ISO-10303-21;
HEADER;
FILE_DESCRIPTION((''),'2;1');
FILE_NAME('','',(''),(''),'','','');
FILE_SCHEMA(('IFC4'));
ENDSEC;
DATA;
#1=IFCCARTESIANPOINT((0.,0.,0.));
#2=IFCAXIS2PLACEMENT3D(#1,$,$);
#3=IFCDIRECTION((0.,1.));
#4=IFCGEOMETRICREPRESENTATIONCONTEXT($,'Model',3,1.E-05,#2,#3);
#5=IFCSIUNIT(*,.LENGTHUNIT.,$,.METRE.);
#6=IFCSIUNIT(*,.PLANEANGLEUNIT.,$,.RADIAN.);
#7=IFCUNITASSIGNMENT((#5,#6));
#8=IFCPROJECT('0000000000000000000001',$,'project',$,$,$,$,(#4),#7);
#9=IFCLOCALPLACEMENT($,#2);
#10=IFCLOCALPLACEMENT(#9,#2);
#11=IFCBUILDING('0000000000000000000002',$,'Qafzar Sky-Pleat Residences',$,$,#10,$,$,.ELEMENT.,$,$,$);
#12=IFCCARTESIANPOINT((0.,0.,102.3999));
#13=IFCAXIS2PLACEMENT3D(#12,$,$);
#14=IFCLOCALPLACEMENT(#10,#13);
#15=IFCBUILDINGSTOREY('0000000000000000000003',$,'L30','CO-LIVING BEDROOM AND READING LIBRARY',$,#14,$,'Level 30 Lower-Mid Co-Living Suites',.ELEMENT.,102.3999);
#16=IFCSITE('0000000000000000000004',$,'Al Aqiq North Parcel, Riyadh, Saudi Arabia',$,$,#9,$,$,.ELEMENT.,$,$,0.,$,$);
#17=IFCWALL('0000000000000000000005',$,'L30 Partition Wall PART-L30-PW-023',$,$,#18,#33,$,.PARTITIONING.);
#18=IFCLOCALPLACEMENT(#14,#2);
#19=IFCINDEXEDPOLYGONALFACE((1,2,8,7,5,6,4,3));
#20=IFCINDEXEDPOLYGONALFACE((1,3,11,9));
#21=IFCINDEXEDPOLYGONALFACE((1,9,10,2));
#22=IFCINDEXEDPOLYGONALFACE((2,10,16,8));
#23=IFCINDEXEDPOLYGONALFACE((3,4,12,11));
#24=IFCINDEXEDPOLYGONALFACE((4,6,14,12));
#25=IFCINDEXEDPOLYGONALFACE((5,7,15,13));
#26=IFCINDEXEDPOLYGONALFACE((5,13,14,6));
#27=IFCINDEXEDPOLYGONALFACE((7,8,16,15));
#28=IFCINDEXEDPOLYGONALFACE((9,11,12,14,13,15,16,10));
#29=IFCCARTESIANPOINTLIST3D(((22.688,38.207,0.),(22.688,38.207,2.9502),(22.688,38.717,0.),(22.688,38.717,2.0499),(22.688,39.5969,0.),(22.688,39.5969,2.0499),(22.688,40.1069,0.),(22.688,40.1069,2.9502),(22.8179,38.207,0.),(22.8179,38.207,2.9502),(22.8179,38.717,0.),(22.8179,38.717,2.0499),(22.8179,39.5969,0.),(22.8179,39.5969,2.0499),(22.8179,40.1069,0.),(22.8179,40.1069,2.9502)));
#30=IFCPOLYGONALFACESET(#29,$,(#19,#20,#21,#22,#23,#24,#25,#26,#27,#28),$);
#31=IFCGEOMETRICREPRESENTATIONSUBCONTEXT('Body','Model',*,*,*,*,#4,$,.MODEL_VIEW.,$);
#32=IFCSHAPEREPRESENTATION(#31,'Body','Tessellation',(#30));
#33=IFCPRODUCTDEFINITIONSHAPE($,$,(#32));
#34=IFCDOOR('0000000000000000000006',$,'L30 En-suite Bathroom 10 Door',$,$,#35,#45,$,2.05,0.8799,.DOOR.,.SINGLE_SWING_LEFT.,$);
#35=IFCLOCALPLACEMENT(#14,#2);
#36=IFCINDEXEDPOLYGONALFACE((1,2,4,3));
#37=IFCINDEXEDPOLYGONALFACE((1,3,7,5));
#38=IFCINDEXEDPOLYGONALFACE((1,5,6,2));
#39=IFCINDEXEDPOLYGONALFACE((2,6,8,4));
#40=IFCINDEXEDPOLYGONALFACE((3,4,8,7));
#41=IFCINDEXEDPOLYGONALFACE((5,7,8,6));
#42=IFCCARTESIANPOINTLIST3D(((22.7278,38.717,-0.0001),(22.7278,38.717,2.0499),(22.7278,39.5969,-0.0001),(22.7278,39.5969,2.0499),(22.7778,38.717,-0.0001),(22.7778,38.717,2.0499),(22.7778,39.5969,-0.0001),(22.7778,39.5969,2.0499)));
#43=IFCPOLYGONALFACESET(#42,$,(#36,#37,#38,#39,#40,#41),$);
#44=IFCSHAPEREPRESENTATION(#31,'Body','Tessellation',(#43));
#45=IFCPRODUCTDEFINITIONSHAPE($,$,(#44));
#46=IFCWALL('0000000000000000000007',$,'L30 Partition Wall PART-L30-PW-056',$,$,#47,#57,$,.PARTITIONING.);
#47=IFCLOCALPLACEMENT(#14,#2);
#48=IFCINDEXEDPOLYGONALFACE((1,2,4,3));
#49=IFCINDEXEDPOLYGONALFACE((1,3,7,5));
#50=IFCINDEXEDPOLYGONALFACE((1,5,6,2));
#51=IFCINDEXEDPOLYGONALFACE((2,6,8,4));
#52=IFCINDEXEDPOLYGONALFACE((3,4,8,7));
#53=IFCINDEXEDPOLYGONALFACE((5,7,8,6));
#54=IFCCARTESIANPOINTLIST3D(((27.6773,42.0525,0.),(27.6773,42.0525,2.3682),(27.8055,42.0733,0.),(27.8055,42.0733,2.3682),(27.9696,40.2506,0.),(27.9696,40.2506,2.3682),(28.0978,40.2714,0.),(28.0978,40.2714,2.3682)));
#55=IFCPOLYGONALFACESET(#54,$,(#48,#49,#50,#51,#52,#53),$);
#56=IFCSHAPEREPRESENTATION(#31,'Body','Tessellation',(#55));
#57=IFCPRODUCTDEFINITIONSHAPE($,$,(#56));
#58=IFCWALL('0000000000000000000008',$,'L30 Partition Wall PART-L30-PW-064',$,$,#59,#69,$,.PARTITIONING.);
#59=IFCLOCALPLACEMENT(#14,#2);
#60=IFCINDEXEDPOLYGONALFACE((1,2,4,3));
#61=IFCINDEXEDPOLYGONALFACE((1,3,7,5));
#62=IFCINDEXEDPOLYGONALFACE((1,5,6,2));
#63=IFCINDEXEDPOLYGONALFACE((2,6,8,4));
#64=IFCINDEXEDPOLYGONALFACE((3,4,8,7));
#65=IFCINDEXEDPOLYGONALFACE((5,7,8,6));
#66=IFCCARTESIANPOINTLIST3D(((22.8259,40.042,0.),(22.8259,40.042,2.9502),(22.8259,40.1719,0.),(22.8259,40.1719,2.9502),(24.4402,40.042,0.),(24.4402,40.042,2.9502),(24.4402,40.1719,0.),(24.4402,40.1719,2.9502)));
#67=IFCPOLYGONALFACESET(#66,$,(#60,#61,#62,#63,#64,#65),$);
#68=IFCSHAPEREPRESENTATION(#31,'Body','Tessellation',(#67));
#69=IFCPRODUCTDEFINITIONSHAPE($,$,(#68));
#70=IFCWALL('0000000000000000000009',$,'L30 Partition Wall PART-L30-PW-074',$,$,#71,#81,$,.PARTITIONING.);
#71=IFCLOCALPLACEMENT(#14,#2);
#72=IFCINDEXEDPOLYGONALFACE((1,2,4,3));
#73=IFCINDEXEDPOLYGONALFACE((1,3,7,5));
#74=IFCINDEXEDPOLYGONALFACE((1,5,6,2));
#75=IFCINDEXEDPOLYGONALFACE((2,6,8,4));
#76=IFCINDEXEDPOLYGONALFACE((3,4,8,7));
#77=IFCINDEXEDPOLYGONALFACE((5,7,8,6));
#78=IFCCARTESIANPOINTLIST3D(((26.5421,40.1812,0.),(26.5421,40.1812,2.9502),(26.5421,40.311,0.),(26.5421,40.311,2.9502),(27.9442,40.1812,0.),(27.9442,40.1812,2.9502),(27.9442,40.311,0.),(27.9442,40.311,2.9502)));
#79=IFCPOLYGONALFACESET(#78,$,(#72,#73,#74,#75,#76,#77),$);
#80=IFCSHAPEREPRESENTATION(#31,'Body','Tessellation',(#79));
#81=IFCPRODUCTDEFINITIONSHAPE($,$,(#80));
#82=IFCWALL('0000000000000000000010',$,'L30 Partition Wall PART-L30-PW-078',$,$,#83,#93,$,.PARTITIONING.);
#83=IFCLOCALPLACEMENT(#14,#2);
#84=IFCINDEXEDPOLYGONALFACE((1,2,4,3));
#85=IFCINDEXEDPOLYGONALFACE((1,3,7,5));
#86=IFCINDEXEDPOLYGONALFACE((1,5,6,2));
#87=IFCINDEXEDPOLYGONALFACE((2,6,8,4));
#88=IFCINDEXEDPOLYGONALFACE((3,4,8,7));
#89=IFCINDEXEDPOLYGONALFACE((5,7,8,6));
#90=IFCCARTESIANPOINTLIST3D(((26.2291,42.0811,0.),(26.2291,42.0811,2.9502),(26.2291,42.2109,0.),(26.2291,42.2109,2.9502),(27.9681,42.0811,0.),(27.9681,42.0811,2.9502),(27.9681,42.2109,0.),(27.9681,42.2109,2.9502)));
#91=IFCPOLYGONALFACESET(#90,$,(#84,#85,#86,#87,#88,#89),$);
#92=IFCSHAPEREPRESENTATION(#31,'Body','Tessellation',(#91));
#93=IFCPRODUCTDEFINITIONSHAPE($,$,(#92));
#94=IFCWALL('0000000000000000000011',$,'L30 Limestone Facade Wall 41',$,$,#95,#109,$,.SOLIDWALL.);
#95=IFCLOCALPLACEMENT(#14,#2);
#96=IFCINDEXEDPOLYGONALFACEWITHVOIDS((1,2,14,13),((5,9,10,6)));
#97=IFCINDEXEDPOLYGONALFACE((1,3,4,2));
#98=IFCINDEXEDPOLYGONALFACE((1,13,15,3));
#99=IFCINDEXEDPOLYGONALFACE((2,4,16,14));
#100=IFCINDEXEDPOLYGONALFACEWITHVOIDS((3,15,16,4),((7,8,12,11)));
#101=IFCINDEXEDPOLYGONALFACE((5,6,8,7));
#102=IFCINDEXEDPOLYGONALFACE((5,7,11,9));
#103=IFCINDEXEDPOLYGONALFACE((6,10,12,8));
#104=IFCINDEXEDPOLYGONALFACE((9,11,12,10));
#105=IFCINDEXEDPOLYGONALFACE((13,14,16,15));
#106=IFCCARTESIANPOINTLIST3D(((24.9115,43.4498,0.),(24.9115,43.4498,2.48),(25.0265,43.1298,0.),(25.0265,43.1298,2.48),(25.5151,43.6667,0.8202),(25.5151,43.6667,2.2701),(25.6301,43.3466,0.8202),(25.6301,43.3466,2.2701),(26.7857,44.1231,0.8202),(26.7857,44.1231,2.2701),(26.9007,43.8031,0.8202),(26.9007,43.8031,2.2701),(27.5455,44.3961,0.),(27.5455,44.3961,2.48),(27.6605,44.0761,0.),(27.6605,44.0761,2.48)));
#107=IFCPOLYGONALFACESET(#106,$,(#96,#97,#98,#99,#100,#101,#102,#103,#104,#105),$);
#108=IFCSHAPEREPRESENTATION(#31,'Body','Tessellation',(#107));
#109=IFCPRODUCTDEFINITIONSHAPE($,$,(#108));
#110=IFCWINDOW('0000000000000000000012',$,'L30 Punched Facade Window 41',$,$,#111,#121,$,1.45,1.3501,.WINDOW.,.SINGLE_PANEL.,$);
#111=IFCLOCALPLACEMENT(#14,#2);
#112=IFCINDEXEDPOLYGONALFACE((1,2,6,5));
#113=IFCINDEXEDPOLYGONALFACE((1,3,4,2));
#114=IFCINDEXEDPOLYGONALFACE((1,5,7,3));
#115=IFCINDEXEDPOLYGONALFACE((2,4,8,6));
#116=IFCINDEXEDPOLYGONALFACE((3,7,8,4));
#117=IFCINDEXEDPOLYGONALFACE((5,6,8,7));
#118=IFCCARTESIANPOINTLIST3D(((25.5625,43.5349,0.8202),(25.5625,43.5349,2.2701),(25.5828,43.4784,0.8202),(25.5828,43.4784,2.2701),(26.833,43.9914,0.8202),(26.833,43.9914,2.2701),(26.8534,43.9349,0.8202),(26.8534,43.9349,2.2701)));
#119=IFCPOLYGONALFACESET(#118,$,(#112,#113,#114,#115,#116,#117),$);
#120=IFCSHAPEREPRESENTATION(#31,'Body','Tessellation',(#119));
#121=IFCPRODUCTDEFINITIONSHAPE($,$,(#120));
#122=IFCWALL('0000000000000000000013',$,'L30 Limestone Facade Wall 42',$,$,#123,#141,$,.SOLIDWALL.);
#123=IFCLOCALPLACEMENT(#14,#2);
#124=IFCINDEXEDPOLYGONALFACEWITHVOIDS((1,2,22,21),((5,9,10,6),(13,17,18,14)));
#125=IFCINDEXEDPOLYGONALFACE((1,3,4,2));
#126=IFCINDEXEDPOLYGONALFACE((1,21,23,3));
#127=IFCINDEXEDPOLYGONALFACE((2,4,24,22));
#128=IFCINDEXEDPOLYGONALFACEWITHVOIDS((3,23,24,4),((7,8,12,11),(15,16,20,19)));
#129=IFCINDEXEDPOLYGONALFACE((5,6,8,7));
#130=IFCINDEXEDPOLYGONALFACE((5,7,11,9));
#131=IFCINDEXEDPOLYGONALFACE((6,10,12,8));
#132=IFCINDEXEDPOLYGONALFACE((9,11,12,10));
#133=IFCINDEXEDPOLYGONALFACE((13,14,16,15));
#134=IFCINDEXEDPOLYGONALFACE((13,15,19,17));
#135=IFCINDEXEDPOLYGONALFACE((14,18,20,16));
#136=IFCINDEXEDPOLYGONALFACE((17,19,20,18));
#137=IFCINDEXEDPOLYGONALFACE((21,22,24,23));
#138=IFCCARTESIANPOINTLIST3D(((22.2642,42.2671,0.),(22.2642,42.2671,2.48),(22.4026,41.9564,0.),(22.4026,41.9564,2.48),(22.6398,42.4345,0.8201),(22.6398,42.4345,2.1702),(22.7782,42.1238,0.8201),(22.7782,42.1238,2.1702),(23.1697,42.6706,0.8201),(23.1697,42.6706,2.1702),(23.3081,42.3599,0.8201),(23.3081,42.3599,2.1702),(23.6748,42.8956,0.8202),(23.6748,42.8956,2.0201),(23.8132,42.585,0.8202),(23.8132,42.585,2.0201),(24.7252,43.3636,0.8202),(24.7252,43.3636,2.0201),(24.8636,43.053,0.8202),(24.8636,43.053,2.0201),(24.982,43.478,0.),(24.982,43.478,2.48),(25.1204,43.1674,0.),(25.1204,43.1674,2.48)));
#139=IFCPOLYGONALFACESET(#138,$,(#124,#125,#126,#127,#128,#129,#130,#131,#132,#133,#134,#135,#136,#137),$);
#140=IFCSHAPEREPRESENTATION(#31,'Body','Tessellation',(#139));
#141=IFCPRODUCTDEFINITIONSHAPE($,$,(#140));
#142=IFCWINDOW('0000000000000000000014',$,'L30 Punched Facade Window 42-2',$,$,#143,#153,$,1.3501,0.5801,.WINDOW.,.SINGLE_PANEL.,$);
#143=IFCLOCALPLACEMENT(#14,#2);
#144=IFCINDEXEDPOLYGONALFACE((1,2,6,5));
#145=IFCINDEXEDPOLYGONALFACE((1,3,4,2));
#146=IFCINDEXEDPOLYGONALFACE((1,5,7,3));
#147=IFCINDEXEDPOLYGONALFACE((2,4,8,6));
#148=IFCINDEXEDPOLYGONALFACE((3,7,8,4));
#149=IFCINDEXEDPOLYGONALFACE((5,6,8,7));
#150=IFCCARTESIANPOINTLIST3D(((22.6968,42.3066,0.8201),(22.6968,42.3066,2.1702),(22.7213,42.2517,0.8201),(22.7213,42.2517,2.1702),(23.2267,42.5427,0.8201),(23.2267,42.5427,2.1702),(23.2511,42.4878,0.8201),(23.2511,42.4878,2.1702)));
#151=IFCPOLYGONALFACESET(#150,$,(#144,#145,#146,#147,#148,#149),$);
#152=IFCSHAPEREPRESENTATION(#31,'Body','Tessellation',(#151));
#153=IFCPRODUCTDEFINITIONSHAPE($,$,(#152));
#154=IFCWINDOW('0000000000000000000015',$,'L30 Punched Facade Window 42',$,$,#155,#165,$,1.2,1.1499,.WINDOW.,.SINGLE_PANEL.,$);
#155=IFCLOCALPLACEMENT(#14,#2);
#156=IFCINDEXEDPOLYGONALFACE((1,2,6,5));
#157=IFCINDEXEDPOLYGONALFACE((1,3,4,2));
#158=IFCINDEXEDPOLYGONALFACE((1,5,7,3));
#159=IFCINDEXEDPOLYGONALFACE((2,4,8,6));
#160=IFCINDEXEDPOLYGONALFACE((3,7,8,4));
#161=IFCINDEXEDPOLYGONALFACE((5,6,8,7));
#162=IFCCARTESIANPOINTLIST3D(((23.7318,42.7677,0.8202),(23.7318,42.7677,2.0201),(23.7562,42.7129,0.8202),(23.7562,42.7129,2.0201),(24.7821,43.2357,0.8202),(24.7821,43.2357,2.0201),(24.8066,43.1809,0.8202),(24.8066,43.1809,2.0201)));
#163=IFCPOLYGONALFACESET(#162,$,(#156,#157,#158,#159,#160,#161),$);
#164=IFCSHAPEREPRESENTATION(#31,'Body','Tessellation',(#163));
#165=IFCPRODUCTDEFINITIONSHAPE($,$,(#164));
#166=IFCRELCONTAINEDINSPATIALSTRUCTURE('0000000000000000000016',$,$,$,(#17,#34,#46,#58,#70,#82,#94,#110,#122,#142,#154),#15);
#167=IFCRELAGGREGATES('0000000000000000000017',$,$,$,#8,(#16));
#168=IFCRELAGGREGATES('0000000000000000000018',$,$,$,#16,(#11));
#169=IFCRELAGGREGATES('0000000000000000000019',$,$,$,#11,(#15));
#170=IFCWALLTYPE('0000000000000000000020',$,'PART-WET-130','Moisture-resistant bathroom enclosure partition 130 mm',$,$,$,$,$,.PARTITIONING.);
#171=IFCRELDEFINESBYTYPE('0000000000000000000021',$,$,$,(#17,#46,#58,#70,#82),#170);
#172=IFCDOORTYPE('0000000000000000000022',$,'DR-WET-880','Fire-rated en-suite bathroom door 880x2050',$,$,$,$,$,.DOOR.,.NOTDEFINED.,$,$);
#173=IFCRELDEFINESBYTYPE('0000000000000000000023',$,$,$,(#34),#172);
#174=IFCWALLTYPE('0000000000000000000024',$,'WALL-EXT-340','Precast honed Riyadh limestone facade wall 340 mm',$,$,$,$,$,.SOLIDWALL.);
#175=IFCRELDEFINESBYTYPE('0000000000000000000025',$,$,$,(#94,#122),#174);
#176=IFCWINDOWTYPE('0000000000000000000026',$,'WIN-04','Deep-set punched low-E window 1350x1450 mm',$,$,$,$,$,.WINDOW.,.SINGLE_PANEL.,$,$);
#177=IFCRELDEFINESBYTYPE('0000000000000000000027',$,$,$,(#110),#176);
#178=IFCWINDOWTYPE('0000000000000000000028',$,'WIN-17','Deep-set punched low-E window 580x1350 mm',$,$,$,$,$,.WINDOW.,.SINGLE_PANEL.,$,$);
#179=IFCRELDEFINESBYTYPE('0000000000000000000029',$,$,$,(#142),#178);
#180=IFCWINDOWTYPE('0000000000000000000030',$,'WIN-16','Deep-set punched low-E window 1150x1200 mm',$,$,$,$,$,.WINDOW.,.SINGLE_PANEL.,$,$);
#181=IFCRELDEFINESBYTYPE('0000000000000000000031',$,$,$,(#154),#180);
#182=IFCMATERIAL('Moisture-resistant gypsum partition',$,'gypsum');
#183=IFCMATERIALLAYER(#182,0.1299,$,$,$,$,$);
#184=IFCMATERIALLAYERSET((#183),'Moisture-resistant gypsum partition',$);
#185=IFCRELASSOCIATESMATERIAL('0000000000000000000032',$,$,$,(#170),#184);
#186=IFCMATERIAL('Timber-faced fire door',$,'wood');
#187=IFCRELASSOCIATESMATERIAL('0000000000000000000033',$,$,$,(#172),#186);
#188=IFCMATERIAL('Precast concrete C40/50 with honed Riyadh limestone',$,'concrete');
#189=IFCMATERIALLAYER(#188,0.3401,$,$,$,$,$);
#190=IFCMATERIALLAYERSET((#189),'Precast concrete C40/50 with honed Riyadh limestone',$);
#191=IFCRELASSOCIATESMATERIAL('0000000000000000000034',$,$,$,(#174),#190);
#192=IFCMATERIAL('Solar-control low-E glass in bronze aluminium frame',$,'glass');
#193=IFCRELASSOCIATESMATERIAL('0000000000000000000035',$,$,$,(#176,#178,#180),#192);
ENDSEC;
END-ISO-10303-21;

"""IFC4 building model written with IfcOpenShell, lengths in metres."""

from ifc_helpers import new_model, si_unit, direction, frame, frame_2d, origin, place, context, subcontext, project, spatial, rectangle, extrude, source, transform, mapped, material, layer, layer_set, type_object, element, fill, save


model = new_model("IFC4")

# Units and contexts
model_context = context("Model", 3, precision=1e-05, world=origin(), true_north=direction((0.0, 1.0)))
body_context = subcontext(model_context, "Body", "Model", "MODEL_VIEW")
ifc_project = project(units=[si_unit("LENGTHUNIT", "METRE"), si_unit("PLANEANGLEUNIT", "RADIAN")], contexts=[model_context])

# Site, building, storey
site_placement = place(None, origin())
site = spatial("IfcSite", under=ifc_project, at=site_placement, Name="Al Aqiq North Parcel, Riyadh, Saudi Arabia", CompositionType="ELEMENT", RefElevation=0.0)
building_placement = place(site_placement, origin())
building = spatial("IfcBuilding", under=site, at=building_placement, Name="Qafzar Sky-Pleat Residences", CompositionType="ELEMENT")
storey_placement = place(building_placement, frame((0.0, 0.0, 102.3999)))
storey = spatial("IfcBuildingStorey", under=building, at=storey_placement, Name="L30", Description="CO-LIVING BEDROOM AND READING LIBRARY", LongName="Level 30 Lower-Mid Co-Living Suites", CompositionType="ELEMENT", Elevation=102.3999)

# Wall, opening, door
ifc_material_1 = material(Name="Moisture-resistant gypsum partition", Category="gypsum")
ifc_layer_1 = layer(ifc_material_1, 0.1299)
ifc_layer_set_1 = layer_set([ifc_layer_1], Name="Moisture-resistant gypsum partition")
wall_type_1 = type_object("IfcWallType", Name="PART-WET-130", Description="Moisture-resistant bathroom enclosure partition 130 mm", PredefinedType="PARTITIONING", material=ifc_layer_set_1)
ifc_material_2 = material(Name="Timber-faced fire door", Category="wood")
door_type = type_object("IfcDoorType", Name="DR-WET-880", Description="Fire-rated en-suite bathroom door 880x2050", OperationType="NOTDEFINED", PredefinedType="DOOR", material=ifc_material_2)
shared_shape_1 = source(origin(), body_context, "Body", "SweptSolid", [
    extrude(rectangle(XDim=0.8799, YDim=2.05, at=frame_2d((0.4399, 1.0249))), frame((0.0, 0.0249, 0.0), z_axis=(0.0, -1.0, 0.0), x_axis=(1.0, 0.0, 0.0)), (0.0, 0.0, 1.0), 0.05),
])
wall_1_placement = place(storey_placement, frame((22.7529, 40.1069, 0.0), z_axis=(0.0, 0.0, 1.0), x_axis=(0.0, -1.0, 0.0)))
wall_1 = element("IfcWall", 1, at=wall_1_placement, inside=storey, type_object=wall_type_1, Name="L30 Partition Wall PART-L30-PW-023", PredefinedType="PARTITIONING", context=body_context, shape_type="SweptSolid", body=[
    extrude(rectangle(XDim=1.8999, YDim=0.1299, at=frame_2d((0.95, 0.0))), origin(), (0.0, 0.0, 1.0), 2.9502),
])
opening_1_placement = place(wall_1_placement, frame((0.51, 0.0, 0.0)))
opening_1 = element("IfcOpeningElement", 2, at=opening_1_placement, cuts=wall_1, PredefinedType="OPENING", context=body_context, shape_type="SweptSolid", body=[
    extrude(rectangle(XDim=0.8799, YDim=2.05, at=frame_2d((0.4399, 1.0249))), frame((0.0, 0.075, 0.0), z_axis=(0.0, -1.0, 0.0), x_axis=(1.0, 0.0, 0.0)), (0.0, 0.0, 1.0), 0.1499),
])
door_1_placement = place(opening_1_placement, origin())
door_1 = element("IfcDoor", 3, at=door_1_placement, inside=storey, type_object=door_type, Name="L30 En-suite Bathroom 10 Door", OperationType="SINGLE_SWING_LEFT", OverallHeight=2.05, OverallWidth=0.8799, PredefinedType="DOOR", context=body_context, shape_type="MappedRepresentation", body=[
    mapped(shared_shape_1, transform((0.0, 0.0, 0.0), x_axis=(1.0, 0.0, 0.0), y_axis=(0.0, 1.0, 0.0), z_axis=(0.0, 0.0, 1.0), scale=1.0)),
])
fill(opening_1, door_1)

# Walls
wall_2_placement = place(storey_placement, frame((27.7415, 42.0627, 0.0), z_axis=(0.0, 0.0, 1.0), x_axis=(0.160082, -0.987104, 0.0)))
element("IfcWall", 4, at=wall_2_placement, inside=storey, type_object=wall_type_1, Name="L30 Partition Wall PART-L30-PW-056", PredefinedType="PARTITIONING", context=body_context, shape_type="SweptSolid", body=[
    extrude(rectangle(XDim=1.8254, YDim=0.1299, at=frame_2d((0.9126, 0.0))), origin(), (0.0, 0.0, 1.0), 2.3682),
])
wall_3_placement = place(storey_placement, frame((22.8259, 40.1069, 0.0), z_axis=(0.0, 0.0, 1.0), x_axis=(1.0, 0.0, 0.0)))
element("IfcWall", 5, at=wall_3_placement, inside=storey, type_object=wall_type_1, Name="L30 Partition Wall PART-L30-PW-064", PredefinedType="PARTITIONING", context=body_context, shape_type="SweptSolid", body=[
    extrude(rectangle(XDim=1.6143, YDim=0.1299, at=frame_2d((0.8071, 0.0))), origin(), (0.0, 0.0, 1.0), 2.9502),
])
wall_4_placement = place(storey_placement, frame((26.542, 40.2461, 0.0), z_axis=(0.0, 0.0, 1.0), x_axis=(1.0, 0.0, 0.0)))
element("IfcWall", 6, at=wall_4_placement, inside=storey, type_object=wall_type_1, Name="L30 Partition Wall PART-L30-PW-074", PredefinedType="PARTITIONING", context=body_context, shape_type="SweptSolid", body=[
    extrude(rectangle(XDim=1.4021, YDim=0.1299, at=frame_2d((0.7012, 0.0))), origin(), (0.0, 0.0, 1.0), 2.9502),
])
wall_5_placement = place(storey_placement, frame((26.229, 42.146, 0.0), z_axis=(0.0, 0.0, 1.0), x_axis=(1.0, 0.0, 0.0)))
element("IfcWall", 7, at=wall_5_placement, inside=storey, type_object=wall_type_1, Name="L30 Partition Wall PART-L30-PW-078", PredefinedType="PARTITIONING", context=body_context, shape_type="SweptSolid", body=[
    extrude(rectangle(XDim=1.739, YDim=0.1299, at=frame_2d((0.8696, 0.0))), origin(), (0.0, 0.0, 1.0), 2.9502),
])

# Wall, opening, window
ifc_material_3 = material(Name="Precast concrete C40/50 with honed Riyadh limestone", Category="concrete")
ifc_layer_2 = layer(ifc_material_3, 0.3401)
ifc_layer_set_2 = layer_set([ifc_layer_2], Name="Precast concrete C40/50 with honed Riyadh limestone")
wall_type_2 = type_object("IfcWallType", Name="WALL-EXT-340", Description="Precast honed Riyadh limestone facade wall 340 mm", PredefinedType="SOLIDWALL", material=ifc_layer_set_2)
wall_6_placement = place(storey_placement, frame((27.603, 44.2361, 0.0), z_axis=(0.0, 0.0, 1.0), x_axis=(-0.941111, -0.338099, 0.0)))
wall_6 = element("IfcWall", 8, at=wall_6_placement, inside=storey, type_object=wall_type_2, Name="L30 Limestone Facade Wall 41", PredefinedType="SOLIDWALL", context=body_context, shape_type="SweptSolid", body=[
    extrude(rectangle(XDim=2.7988, YDim=0.3401, at=frame_2d((1.3994, 0.0))), origin(), (0.0, 0.0, 1.0), 2.48),
])
opening_2_placement = place(wall_6_placement, frame((0.8074, 0.0, 0.8201)))
opening_2 = element("IfcOpeningElement", 9, at=opening_2_placement, cuts=wall_6, PredefinedType="OPENING", context=body_context, shape_type="SweptSolid", body=[
    extrude(rectangle(XDim=1.3501, YDim=1.45, at=frame_2d((0.675, 0.7251))), frame((0.0, 0.1802, 0.0), z_axis=(0.0, -1.0, 0.0), x_axis=(1.0, 0.0, 0.0)), (0.0, 0.0, 1.0), 0.3601),
])
ifc_material_4 = material(Name="Solar-control low-E glass in bronze aluminium frame", Category="glass")
window_type_1 = type_object("IfcWindowType", Name="WIN-04", Description="Deep-set punched low-E window 1350x1450 mm", PartitioningType="SINGLE_PANEL", PredefinedType="WINDOW", material=ifc_material_4)
shared_shape_2 = source(origin(), body_context, "Body", "SweptSolid", [
    extrude(rectangle(XDim=1.3501, YDim=1.45, at=frame_2d((0.675, 0.7251))), frame((0.0, 0.03, 0.0), z_axis=(0.0, -1.0, 0.0), x_axis=(1.0, 0.0, 0.0)), (0.0, 0.0, 1.0), 0.0601),
])
window_1_placement = place(opening_2_placement, origin())
window_1 = element("IfcWindow", 10, at=window_1_placement, inside=storey, type_object=window_type_1, Name="L30 Punched Facade Window 41", OverallHeight=1.45, OverallWidth=1.3501, PartitioningType="SINGLE_PANEL", PredefinedType="WINDOW", context=body_context, shape_type="MappedRepresentation", body=[
    mapped(shared_shape_2, transform((0.0, 0.0, 0.0), x_axis=(1.0, 0.0, 0.0), y_axis=(0.0, 1.0, 0.0), z_axis=(0.0, 0.0, 1.0), scale=1.0)),
])
fill(opening_2, window_1)

# Wall, openings, windows
wall_7_placement = place(storey_placement, frame((25.0513, 43.3228, 0.0), z_axis=(0.0, 0.0, 1.0), x_axis=(-0.913432, -0.406991, 0.0)))
wall_7 = element("IfcWall", 11, at=wall_7_placement, inside=storey, type_object=wall_type_2, Name="L30 Limestone Facade Wall 42", PredefinedType="SOLIDWALL", context=body_context, shape_type="SweptSolid", body=[
    extrude(rectangle(XDim=2.9753, YDim=0.3401, at=frame_2d((1.4878, 0.0))), origin(), (0.0, 0.0, 1.0), 2.48),
])
opening_3_placement = place(wall_7_placement, frame((0.2812, 0.0, 0.8201)))
opening_3 = element("IfcOpeningElement", 12, at=opening_3_placement, cuts=wall_7, PredefinedType="OPENING", context=body_context, shape_type="SweptSolid", body=[
    extrude(rectangle(XDim=1.1499, YDim=1.2, at=frame_2d((0.575, 0.6001))), frame((0.0, 0.1802, 0.0), z_axis=(0.0, -1.0, 0.0), x_axis=(1.0, 0.0, 0.0)), (0.0, 0.0, 1.0), 0.3601),
])
opening_4_placement = place(wall_7_placement, frame((1.9841, 0.0, 0.8201)))
opening_4 = element("IfcOpeningElement", 13, at=opening_4_placement, cuts=wall_7, PredefinedType="OPENING", context=body_context, shape_type="SweptSolid", body=[
    extrude(rectangle(XDim=0.5801, YDim=1.3501, at=frame_2d((0.29, 0.675))), frame((0.0, 0.1802, 0.0), z_axis=(0.0, -1.0, 0.0), x_axis=(1.0, 0.0, 0.0)), (0.0, 0.0, 1.0), 0.3601),
])
window_type_2 = type_object("IfcWindowType", Name="WIN-17", Description="Deep-set punched low-E window 580x1350 mm", PartitioningType="SINGLE_PANEL", PredefinedType="WINDOW", material=ifc_material_4)
shared_shape_3 = source(origin(), body_context, "Body", "SweptSolid", [
    extrude(rectangle(XDim=0.5801, YDim=1.3501, at=frame_2d((0.29, 0.675))), frame((0.0, 0.03, 0.0), z_axis=(0.0, -1.0, 0.0), x_axis=(1.0, 0.0, 0.0)), (0.0, 0.0, 1.0), 0.0601),
])
window_2_placement = place(opening_4_placement, origin())
window_2 = element("IfcWindow", 14, at=window_2_placement, inside=storey, type_object=window_type_2, Name="L30 Punched Facade Window 42-2", OverallHeight=1.3501, OverallWidth=0.5801, PartitioningType="SINGLE_PANEL", PredefinedType="WINDOW", context=body_context, shape_type="MappedRepresentation", body=[
    mapped(shared_shape_3, transform((0.0, 0.0, 0.0), x_axis=(1.0, 0.0, 0.0), y_axis=(0.0, 1.0, 0.0), z_axis=(0.0, 0.0, 1.0), scale=1.0)),
])
fill(opening_4, window_2)
window_type_3 = type_object("IfcWindowType", Name="WIN-16", Description="Deep-set punched low-E window 1150x1200 mm", PartitioningType="SINGLE_PANEL", PredefinedType="WINDOW", material=ifc_material_4)
shared_shape_4 = source(origin(), body_context, "Body", "SweptSolid", [
    extrude(rectangle(XDim=1.1499, YDim=1.2, at=frame_2d((0.575, 0.6001))), frame((0.0, 0.03, 0.0), z_axis=(0.0, -1.0, 0.0), x_axis=(1.0, 0.0, 0.0)), (0.0, 0.0, 1.0), 0.0601),
])
window_3_placement = place(opening_3_placement, origin())
window_3 = element("IfcWindow", 15, at=window_3_placement, inside=storey, type_object=window_type_3, Name="L30 Punched Facade Window 42", OverallHeight=1.2, OverallWidth=1.1499, PartitioningType="SINGLE_PANEL", PredefinedType="WINDOW", context=body_context, shape_type="MappedRepresentation", body=[
    mapped(shared_shape_4, transform((0.0, 0.0, 0.0), x_axis=(1.0, 0.0, 0.0), y_axis=(0.0, 1.0, 0.0), z_axis=(0.0, 0.0, 1.0), scale=1.0)),
])
fill(opening_3, window_3)

save(model, "model.ifc")
